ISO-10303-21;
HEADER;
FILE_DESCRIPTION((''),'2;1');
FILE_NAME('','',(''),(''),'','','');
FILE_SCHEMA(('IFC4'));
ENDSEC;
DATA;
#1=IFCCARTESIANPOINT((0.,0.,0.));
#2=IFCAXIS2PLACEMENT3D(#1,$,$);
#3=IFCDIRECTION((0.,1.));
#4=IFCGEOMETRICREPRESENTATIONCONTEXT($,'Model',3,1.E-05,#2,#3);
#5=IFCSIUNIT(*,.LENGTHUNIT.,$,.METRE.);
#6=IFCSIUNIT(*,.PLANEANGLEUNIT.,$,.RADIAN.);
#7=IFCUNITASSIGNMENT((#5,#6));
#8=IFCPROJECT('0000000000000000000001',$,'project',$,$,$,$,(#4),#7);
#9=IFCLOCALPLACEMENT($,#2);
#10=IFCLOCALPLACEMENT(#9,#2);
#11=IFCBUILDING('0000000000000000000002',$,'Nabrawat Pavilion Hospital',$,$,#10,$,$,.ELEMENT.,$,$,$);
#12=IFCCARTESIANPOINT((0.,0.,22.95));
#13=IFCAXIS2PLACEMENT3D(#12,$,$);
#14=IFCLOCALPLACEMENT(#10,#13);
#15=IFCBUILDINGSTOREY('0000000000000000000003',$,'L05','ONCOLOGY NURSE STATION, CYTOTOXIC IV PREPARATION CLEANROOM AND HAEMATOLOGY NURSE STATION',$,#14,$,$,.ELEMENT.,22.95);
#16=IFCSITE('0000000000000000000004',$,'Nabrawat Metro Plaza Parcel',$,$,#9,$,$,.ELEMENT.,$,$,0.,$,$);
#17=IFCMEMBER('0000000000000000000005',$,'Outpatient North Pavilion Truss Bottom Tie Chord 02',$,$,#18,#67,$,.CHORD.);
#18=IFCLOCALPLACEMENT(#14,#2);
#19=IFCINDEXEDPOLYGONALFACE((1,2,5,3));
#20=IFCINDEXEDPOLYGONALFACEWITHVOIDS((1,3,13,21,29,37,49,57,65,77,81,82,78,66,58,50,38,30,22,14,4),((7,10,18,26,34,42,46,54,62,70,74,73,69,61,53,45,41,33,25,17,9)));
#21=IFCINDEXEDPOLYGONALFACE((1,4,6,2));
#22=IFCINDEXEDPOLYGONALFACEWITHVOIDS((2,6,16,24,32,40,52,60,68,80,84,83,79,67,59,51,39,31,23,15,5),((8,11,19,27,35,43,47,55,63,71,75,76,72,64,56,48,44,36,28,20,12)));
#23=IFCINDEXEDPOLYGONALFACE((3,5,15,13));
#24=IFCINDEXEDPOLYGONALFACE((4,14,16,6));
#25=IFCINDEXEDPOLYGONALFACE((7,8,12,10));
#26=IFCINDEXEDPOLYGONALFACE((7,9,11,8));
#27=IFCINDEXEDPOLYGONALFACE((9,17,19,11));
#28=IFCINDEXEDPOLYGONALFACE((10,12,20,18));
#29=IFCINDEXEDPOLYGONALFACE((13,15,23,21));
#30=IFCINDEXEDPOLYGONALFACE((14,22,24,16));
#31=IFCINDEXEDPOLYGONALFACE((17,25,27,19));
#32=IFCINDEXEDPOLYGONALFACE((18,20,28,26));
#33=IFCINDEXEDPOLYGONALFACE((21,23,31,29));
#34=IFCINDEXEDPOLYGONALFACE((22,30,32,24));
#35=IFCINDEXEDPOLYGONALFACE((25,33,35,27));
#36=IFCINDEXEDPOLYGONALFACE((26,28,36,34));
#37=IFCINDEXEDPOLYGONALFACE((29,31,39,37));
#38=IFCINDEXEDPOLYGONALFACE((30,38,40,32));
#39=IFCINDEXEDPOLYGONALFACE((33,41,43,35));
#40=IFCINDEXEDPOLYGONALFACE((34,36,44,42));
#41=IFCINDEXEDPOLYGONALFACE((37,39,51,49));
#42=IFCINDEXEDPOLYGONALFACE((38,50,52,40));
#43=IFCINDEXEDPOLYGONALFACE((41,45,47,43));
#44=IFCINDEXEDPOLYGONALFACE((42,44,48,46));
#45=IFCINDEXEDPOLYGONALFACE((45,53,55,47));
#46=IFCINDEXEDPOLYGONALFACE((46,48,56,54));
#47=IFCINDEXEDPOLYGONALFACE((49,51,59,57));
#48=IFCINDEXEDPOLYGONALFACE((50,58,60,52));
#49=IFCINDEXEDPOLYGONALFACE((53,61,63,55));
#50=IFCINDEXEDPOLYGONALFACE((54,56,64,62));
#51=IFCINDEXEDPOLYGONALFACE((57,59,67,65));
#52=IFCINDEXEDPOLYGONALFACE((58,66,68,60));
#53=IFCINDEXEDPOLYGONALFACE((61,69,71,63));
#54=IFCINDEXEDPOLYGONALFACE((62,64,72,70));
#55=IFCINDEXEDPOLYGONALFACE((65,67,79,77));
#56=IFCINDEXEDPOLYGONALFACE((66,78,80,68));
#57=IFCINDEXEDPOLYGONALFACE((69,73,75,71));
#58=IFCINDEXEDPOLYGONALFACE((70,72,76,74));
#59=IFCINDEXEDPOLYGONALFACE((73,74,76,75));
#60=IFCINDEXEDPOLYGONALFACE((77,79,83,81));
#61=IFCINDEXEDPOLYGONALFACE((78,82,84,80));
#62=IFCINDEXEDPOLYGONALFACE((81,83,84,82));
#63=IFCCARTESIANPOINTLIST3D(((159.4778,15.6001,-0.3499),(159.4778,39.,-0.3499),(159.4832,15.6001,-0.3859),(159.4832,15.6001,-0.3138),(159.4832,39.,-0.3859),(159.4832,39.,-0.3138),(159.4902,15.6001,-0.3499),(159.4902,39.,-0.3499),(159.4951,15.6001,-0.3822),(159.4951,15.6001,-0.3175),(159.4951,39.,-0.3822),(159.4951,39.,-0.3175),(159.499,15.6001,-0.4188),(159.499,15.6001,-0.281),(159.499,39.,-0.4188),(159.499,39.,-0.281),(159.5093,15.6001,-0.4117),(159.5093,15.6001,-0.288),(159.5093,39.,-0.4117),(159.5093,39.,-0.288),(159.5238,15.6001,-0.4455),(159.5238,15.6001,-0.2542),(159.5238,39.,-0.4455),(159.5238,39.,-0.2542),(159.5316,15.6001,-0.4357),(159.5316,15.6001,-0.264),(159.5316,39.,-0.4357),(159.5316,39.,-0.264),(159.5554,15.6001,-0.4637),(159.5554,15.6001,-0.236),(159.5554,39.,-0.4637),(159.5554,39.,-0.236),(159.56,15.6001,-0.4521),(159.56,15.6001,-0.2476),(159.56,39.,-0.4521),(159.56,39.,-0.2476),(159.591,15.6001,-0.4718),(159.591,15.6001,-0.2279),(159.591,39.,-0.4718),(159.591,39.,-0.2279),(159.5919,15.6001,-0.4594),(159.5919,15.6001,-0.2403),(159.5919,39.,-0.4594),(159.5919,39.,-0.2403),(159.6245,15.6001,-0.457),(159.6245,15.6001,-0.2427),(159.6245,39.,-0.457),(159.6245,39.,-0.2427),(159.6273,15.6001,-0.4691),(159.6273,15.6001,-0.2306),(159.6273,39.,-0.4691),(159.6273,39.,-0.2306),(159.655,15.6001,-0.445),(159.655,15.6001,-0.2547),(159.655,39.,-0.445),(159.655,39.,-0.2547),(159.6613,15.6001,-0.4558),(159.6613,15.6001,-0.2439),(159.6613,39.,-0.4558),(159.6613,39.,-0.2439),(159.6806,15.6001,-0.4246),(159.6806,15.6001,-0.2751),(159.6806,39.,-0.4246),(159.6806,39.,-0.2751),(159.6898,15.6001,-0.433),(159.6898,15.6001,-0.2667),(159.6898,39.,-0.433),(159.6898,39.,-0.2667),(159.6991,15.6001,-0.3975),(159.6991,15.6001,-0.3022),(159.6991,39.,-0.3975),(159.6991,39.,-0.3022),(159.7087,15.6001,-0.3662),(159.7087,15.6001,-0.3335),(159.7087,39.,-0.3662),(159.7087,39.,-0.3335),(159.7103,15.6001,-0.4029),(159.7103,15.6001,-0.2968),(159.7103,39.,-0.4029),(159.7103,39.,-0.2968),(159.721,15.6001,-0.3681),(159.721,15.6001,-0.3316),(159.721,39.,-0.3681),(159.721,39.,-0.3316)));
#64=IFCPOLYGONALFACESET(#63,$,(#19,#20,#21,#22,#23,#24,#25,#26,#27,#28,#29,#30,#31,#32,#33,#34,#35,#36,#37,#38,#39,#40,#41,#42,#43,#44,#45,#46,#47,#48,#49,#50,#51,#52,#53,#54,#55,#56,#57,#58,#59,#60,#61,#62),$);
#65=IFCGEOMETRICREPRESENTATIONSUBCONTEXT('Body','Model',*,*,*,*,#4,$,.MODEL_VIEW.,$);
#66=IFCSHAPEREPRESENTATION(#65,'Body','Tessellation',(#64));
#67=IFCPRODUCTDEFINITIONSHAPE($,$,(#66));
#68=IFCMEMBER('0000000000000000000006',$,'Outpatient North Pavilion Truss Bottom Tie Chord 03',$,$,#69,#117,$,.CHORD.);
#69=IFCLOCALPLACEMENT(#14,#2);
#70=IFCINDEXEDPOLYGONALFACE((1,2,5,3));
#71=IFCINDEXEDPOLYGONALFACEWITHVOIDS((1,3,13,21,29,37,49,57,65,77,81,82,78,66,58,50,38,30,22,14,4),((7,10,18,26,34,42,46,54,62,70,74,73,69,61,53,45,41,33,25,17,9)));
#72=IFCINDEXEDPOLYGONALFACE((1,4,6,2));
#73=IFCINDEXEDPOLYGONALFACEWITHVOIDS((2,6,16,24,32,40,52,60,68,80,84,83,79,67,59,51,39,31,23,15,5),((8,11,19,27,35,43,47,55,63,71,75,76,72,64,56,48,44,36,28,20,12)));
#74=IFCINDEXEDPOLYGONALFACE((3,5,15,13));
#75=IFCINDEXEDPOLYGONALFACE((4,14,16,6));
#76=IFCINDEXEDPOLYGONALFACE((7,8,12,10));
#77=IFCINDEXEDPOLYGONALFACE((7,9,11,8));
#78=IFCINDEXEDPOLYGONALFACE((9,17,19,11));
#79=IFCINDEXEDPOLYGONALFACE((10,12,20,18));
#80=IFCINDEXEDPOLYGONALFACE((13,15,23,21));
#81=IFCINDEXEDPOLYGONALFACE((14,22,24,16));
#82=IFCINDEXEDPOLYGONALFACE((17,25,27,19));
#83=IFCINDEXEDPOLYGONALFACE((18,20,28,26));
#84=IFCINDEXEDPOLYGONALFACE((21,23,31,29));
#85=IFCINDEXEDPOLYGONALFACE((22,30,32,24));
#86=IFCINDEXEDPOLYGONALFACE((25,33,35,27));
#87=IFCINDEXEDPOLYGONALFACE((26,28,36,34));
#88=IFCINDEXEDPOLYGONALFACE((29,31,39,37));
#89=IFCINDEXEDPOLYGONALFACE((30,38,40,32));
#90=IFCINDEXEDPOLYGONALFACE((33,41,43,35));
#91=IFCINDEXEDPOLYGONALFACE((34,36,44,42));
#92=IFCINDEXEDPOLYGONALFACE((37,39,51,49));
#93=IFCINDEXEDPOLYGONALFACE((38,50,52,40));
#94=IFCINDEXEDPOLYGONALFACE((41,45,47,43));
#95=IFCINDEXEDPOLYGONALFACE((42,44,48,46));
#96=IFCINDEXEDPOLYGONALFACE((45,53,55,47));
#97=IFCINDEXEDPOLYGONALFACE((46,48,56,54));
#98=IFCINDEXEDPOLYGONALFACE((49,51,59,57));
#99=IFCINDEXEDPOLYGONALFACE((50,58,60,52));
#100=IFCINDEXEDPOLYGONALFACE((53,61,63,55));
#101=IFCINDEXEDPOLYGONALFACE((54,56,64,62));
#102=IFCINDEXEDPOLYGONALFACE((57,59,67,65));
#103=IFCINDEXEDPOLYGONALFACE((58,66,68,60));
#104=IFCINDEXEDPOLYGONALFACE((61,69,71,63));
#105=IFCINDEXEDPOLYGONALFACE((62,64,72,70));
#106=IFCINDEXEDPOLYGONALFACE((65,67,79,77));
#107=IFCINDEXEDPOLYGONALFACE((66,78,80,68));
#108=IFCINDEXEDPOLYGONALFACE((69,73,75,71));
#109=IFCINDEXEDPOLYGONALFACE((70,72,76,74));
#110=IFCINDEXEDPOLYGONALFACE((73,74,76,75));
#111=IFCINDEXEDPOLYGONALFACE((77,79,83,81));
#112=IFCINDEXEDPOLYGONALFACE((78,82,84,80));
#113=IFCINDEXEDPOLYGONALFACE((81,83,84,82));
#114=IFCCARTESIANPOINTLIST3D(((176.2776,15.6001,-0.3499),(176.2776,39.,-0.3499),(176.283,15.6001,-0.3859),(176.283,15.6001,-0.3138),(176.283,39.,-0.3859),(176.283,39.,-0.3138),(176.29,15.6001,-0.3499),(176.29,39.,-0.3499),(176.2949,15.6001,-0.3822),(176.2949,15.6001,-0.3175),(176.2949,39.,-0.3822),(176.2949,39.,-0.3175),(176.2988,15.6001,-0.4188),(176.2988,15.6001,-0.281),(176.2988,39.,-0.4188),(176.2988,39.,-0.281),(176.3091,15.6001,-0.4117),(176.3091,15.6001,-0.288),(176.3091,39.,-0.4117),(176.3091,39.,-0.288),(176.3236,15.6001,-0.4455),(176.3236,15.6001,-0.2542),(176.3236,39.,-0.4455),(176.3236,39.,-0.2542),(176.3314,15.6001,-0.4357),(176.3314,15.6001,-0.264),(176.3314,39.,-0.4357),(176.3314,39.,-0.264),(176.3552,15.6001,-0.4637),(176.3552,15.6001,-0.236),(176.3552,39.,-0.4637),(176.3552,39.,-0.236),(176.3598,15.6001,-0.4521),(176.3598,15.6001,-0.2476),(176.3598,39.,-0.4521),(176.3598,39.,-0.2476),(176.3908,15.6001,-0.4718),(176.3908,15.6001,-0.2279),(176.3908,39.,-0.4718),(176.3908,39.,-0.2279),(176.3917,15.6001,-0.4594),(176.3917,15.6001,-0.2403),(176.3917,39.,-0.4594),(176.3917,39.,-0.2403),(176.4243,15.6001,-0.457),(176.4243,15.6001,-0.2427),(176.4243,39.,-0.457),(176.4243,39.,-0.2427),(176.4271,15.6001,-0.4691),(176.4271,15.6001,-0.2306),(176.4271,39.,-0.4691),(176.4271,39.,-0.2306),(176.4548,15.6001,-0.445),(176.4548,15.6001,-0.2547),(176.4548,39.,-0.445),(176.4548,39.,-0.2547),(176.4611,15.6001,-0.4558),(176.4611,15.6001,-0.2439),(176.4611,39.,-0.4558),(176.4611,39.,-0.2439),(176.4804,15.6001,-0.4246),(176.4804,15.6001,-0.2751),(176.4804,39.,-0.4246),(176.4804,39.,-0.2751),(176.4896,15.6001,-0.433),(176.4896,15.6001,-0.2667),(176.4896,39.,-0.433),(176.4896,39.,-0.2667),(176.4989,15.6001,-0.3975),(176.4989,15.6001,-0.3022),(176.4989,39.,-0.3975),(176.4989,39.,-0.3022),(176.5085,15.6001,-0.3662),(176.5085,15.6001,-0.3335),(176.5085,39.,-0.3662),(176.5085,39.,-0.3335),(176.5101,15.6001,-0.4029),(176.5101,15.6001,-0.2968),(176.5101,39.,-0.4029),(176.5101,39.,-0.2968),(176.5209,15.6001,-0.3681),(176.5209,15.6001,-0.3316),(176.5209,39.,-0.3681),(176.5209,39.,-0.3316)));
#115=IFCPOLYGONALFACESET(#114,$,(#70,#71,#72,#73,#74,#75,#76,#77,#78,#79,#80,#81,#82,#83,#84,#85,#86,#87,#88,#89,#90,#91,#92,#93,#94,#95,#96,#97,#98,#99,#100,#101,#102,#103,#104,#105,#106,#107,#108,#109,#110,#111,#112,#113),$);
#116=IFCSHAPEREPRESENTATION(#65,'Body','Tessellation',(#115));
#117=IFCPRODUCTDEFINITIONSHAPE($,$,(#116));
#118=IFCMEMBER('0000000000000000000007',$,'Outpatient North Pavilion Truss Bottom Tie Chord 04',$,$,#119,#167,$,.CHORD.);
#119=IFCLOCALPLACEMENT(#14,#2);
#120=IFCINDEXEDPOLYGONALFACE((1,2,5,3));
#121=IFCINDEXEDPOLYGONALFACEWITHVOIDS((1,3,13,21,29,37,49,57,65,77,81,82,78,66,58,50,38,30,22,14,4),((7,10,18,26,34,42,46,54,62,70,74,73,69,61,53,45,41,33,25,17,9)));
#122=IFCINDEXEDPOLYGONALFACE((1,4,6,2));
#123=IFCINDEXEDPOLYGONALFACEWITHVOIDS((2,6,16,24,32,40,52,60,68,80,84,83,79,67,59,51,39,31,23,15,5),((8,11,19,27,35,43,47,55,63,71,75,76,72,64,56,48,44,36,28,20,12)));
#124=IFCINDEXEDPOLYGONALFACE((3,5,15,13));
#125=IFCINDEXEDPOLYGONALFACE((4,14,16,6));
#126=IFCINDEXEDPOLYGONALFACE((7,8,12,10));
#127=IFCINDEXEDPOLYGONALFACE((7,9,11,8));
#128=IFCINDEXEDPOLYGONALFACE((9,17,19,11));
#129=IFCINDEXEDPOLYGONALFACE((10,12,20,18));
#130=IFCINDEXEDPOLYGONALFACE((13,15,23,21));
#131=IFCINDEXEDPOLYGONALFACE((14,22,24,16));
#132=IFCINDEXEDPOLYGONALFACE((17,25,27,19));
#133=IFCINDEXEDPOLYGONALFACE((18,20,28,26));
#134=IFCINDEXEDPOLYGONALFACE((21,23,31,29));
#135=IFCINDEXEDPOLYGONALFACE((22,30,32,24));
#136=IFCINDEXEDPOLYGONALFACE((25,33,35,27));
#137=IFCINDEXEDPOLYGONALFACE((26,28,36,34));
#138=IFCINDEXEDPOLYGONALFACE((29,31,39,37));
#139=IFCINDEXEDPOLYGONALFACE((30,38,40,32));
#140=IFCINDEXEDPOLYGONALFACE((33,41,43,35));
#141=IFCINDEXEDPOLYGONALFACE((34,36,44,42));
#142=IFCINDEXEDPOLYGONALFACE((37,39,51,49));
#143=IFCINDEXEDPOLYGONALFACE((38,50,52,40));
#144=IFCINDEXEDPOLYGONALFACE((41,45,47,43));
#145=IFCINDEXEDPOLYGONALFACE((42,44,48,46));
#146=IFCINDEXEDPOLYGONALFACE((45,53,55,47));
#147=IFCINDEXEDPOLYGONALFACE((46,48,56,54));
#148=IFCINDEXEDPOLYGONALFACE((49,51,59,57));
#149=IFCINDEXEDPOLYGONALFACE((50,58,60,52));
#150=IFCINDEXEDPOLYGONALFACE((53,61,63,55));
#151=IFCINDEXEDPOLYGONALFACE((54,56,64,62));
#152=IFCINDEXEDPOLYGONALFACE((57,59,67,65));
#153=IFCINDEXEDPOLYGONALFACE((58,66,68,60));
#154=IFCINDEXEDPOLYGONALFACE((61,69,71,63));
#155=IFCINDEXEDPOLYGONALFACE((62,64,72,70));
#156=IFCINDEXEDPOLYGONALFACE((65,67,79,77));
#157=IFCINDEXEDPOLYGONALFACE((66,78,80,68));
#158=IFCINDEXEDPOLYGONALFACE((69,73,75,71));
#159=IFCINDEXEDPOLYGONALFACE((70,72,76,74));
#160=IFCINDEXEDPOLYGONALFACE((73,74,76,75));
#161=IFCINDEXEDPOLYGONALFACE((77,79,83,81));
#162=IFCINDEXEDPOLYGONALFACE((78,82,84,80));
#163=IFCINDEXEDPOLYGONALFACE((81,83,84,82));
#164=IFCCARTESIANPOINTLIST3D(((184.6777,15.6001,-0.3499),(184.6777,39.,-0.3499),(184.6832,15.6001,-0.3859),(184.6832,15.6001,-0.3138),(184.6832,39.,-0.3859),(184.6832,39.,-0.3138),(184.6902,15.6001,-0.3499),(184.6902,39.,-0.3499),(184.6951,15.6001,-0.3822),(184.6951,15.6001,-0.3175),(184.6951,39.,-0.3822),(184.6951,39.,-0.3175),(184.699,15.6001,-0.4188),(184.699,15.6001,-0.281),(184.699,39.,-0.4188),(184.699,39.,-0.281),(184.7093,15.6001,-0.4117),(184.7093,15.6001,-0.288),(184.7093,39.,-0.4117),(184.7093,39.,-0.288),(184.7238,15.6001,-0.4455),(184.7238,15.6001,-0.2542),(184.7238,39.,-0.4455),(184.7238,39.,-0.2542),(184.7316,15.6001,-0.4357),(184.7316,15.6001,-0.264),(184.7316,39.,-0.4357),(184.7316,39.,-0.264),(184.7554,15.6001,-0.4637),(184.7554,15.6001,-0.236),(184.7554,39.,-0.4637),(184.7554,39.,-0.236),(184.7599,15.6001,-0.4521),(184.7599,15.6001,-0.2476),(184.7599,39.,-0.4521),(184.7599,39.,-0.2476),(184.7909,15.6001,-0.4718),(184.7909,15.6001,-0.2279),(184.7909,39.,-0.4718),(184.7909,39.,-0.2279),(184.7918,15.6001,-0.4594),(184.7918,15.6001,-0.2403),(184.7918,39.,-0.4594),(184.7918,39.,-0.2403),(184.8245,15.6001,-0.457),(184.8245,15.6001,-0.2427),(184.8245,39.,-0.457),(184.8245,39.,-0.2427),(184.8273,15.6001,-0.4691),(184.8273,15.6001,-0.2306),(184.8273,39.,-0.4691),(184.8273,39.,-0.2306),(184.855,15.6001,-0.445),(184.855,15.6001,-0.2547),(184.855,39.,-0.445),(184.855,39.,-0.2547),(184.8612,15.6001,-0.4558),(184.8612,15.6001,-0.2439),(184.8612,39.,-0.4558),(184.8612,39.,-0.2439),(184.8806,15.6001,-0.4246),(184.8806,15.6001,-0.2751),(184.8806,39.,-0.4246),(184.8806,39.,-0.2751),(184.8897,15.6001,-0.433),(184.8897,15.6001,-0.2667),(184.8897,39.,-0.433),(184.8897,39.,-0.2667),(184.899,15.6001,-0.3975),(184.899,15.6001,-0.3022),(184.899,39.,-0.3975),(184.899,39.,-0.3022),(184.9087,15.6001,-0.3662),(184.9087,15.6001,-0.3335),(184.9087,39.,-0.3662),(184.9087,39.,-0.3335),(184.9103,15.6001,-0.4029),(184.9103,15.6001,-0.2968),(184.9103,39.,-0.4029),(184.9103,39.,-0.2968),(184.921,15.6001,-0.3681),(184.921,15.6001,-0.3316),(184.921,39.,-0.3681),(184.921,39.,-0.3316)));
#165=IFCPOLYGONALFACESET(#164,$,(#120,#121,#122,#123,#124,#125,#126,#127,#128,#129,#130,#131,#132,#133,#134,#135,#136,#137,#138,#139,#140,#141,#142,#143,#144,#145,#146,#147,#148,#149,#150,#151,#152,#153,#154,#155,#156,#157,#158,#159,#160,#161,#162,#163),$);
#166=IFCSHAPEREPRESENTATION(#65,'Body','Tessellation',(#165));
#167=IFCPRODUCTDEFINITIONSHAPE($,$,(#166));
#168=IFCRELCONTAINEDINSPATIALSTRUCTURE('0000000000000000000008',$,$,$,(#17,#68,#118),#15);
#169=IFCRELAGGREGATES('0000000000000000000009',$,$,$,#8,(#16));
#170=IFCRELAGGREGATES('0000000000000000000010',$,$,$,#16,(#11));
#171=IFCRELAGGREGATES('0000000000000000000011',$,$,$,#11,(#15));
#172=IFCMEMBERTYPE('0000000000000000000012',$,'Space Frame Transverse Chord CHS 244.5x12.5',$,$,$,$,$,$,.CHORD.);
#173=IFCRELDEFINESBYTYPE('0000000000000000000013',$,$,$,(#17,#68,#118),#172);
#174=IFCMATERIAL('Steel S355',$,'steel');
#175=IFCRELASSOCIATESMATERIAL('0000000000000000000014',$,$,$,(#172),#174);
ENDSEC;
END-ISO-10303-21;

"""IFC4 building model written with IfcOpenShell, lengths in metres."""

from ifc_helpers import new_model, si_unit, direction, frame, origin, origin_2d, place, context, subcontext, project, spatial, hollow_circle, extrude, material, material_profile, profile_set, type_object, element, save


model = new_model("IFC4")

# Units and contexts
model_context = context("Model", 3, precision=1e-05, world=origin(), true_north=direction((0.0, 1.0)))
body_context = subcontext(model_context, "Body", "Model", "MODEL_VIEW")
ifc_project = project(units=[si_unit("LENGTHUNIT", "METRE"), si_unit("PLANEANGLEUNIT", "RADIAN")], contexts=[model_context])

# Site, building, storey
site_placement = place(None, origin())
site = spatial("IfcSite", under=ifc_project, at=site_placement, Name="Nabrawat Metro Plaza Parcel", CompositionType="ELEMENT", RefElevation=0.0)
building_placement = place(site_placement, origin())
building = spatial("IfcBuilding", under=site, at=building_placement, Name="Nabrawat Pavilion Hospital", CompositionType="ELEMENT")
storey_placement = place(building_placement, frame((0.0, 0.0, 22.95)))
storey = spatial("IfcBuildingStorey", under=building, at=storey_placement, Name="L05", Description="ONCOLOGY NURSE STATION, CYTOTOXIC IV PREPARATION CLEANROOM AND HAEMATOLOGY NURSE STATION", CompositionType="ELEMENT", Elevation=22.95)

# Shared definitions
ifc_material_1 = material(Name="Steel S355", Category="steel")

# Members
ifc_material_profile_1 = material_profile(ifc_material_1, hollow_circle(Radius=0.1223, WallThickness=0.0125, at=origin_2d()), Name="CHS 244.5x12.5")
ifc_profile_set_1 = profile_set([ifc_material_profile_1], Name="Steel S355")
member_type_1 = type_object("IfcMemberType", Name="Space Frame Transverse Chord CHS 244.5x12.5", PredefinedType="CHORD", material=ifc_profile_set_1)
for number, where, z_axis, x_axis, name in (
    (1, (159.6001, 15.6001, -0.3499), (0.0, 1.0, 0.0), (-1.0, 0.0, 0.0), "Outpatient North Pavilion Truss Bottom Tie Chord 02"),
    (2, (176.3999, 15.6001, -0.3499), (0.0, 1.0, 0.0), (-1.0, 0.0, 0.0), "Outpatient North Pavilion Truss Bottom Tie Chord 03"),
    (3, (184.8, 15.6001, -0.3499), (0.0, 1.0, 0.0), (-1.0, 0.0, 0.0), "Outpatient North Pavilion Truss Bottom Tie Chord 04"),
):
    element("IfcMember", number, at=place(storey_placement, frame(where, z_axis=z_axis, x_axis=x_axis)), inside=storey, type_object=member_type_1, Name=name, PredefinedType="CHORD", context=body_context, shape_type="SweptSolid", body=[
        extrude(hollow_circle(Radius=0.1223, WallThickness=0.0125, at=origin_2d()), origin(), (0.0, 0.0, 1.0), 23.3999),
    ])

save(model, "model.ifc")
